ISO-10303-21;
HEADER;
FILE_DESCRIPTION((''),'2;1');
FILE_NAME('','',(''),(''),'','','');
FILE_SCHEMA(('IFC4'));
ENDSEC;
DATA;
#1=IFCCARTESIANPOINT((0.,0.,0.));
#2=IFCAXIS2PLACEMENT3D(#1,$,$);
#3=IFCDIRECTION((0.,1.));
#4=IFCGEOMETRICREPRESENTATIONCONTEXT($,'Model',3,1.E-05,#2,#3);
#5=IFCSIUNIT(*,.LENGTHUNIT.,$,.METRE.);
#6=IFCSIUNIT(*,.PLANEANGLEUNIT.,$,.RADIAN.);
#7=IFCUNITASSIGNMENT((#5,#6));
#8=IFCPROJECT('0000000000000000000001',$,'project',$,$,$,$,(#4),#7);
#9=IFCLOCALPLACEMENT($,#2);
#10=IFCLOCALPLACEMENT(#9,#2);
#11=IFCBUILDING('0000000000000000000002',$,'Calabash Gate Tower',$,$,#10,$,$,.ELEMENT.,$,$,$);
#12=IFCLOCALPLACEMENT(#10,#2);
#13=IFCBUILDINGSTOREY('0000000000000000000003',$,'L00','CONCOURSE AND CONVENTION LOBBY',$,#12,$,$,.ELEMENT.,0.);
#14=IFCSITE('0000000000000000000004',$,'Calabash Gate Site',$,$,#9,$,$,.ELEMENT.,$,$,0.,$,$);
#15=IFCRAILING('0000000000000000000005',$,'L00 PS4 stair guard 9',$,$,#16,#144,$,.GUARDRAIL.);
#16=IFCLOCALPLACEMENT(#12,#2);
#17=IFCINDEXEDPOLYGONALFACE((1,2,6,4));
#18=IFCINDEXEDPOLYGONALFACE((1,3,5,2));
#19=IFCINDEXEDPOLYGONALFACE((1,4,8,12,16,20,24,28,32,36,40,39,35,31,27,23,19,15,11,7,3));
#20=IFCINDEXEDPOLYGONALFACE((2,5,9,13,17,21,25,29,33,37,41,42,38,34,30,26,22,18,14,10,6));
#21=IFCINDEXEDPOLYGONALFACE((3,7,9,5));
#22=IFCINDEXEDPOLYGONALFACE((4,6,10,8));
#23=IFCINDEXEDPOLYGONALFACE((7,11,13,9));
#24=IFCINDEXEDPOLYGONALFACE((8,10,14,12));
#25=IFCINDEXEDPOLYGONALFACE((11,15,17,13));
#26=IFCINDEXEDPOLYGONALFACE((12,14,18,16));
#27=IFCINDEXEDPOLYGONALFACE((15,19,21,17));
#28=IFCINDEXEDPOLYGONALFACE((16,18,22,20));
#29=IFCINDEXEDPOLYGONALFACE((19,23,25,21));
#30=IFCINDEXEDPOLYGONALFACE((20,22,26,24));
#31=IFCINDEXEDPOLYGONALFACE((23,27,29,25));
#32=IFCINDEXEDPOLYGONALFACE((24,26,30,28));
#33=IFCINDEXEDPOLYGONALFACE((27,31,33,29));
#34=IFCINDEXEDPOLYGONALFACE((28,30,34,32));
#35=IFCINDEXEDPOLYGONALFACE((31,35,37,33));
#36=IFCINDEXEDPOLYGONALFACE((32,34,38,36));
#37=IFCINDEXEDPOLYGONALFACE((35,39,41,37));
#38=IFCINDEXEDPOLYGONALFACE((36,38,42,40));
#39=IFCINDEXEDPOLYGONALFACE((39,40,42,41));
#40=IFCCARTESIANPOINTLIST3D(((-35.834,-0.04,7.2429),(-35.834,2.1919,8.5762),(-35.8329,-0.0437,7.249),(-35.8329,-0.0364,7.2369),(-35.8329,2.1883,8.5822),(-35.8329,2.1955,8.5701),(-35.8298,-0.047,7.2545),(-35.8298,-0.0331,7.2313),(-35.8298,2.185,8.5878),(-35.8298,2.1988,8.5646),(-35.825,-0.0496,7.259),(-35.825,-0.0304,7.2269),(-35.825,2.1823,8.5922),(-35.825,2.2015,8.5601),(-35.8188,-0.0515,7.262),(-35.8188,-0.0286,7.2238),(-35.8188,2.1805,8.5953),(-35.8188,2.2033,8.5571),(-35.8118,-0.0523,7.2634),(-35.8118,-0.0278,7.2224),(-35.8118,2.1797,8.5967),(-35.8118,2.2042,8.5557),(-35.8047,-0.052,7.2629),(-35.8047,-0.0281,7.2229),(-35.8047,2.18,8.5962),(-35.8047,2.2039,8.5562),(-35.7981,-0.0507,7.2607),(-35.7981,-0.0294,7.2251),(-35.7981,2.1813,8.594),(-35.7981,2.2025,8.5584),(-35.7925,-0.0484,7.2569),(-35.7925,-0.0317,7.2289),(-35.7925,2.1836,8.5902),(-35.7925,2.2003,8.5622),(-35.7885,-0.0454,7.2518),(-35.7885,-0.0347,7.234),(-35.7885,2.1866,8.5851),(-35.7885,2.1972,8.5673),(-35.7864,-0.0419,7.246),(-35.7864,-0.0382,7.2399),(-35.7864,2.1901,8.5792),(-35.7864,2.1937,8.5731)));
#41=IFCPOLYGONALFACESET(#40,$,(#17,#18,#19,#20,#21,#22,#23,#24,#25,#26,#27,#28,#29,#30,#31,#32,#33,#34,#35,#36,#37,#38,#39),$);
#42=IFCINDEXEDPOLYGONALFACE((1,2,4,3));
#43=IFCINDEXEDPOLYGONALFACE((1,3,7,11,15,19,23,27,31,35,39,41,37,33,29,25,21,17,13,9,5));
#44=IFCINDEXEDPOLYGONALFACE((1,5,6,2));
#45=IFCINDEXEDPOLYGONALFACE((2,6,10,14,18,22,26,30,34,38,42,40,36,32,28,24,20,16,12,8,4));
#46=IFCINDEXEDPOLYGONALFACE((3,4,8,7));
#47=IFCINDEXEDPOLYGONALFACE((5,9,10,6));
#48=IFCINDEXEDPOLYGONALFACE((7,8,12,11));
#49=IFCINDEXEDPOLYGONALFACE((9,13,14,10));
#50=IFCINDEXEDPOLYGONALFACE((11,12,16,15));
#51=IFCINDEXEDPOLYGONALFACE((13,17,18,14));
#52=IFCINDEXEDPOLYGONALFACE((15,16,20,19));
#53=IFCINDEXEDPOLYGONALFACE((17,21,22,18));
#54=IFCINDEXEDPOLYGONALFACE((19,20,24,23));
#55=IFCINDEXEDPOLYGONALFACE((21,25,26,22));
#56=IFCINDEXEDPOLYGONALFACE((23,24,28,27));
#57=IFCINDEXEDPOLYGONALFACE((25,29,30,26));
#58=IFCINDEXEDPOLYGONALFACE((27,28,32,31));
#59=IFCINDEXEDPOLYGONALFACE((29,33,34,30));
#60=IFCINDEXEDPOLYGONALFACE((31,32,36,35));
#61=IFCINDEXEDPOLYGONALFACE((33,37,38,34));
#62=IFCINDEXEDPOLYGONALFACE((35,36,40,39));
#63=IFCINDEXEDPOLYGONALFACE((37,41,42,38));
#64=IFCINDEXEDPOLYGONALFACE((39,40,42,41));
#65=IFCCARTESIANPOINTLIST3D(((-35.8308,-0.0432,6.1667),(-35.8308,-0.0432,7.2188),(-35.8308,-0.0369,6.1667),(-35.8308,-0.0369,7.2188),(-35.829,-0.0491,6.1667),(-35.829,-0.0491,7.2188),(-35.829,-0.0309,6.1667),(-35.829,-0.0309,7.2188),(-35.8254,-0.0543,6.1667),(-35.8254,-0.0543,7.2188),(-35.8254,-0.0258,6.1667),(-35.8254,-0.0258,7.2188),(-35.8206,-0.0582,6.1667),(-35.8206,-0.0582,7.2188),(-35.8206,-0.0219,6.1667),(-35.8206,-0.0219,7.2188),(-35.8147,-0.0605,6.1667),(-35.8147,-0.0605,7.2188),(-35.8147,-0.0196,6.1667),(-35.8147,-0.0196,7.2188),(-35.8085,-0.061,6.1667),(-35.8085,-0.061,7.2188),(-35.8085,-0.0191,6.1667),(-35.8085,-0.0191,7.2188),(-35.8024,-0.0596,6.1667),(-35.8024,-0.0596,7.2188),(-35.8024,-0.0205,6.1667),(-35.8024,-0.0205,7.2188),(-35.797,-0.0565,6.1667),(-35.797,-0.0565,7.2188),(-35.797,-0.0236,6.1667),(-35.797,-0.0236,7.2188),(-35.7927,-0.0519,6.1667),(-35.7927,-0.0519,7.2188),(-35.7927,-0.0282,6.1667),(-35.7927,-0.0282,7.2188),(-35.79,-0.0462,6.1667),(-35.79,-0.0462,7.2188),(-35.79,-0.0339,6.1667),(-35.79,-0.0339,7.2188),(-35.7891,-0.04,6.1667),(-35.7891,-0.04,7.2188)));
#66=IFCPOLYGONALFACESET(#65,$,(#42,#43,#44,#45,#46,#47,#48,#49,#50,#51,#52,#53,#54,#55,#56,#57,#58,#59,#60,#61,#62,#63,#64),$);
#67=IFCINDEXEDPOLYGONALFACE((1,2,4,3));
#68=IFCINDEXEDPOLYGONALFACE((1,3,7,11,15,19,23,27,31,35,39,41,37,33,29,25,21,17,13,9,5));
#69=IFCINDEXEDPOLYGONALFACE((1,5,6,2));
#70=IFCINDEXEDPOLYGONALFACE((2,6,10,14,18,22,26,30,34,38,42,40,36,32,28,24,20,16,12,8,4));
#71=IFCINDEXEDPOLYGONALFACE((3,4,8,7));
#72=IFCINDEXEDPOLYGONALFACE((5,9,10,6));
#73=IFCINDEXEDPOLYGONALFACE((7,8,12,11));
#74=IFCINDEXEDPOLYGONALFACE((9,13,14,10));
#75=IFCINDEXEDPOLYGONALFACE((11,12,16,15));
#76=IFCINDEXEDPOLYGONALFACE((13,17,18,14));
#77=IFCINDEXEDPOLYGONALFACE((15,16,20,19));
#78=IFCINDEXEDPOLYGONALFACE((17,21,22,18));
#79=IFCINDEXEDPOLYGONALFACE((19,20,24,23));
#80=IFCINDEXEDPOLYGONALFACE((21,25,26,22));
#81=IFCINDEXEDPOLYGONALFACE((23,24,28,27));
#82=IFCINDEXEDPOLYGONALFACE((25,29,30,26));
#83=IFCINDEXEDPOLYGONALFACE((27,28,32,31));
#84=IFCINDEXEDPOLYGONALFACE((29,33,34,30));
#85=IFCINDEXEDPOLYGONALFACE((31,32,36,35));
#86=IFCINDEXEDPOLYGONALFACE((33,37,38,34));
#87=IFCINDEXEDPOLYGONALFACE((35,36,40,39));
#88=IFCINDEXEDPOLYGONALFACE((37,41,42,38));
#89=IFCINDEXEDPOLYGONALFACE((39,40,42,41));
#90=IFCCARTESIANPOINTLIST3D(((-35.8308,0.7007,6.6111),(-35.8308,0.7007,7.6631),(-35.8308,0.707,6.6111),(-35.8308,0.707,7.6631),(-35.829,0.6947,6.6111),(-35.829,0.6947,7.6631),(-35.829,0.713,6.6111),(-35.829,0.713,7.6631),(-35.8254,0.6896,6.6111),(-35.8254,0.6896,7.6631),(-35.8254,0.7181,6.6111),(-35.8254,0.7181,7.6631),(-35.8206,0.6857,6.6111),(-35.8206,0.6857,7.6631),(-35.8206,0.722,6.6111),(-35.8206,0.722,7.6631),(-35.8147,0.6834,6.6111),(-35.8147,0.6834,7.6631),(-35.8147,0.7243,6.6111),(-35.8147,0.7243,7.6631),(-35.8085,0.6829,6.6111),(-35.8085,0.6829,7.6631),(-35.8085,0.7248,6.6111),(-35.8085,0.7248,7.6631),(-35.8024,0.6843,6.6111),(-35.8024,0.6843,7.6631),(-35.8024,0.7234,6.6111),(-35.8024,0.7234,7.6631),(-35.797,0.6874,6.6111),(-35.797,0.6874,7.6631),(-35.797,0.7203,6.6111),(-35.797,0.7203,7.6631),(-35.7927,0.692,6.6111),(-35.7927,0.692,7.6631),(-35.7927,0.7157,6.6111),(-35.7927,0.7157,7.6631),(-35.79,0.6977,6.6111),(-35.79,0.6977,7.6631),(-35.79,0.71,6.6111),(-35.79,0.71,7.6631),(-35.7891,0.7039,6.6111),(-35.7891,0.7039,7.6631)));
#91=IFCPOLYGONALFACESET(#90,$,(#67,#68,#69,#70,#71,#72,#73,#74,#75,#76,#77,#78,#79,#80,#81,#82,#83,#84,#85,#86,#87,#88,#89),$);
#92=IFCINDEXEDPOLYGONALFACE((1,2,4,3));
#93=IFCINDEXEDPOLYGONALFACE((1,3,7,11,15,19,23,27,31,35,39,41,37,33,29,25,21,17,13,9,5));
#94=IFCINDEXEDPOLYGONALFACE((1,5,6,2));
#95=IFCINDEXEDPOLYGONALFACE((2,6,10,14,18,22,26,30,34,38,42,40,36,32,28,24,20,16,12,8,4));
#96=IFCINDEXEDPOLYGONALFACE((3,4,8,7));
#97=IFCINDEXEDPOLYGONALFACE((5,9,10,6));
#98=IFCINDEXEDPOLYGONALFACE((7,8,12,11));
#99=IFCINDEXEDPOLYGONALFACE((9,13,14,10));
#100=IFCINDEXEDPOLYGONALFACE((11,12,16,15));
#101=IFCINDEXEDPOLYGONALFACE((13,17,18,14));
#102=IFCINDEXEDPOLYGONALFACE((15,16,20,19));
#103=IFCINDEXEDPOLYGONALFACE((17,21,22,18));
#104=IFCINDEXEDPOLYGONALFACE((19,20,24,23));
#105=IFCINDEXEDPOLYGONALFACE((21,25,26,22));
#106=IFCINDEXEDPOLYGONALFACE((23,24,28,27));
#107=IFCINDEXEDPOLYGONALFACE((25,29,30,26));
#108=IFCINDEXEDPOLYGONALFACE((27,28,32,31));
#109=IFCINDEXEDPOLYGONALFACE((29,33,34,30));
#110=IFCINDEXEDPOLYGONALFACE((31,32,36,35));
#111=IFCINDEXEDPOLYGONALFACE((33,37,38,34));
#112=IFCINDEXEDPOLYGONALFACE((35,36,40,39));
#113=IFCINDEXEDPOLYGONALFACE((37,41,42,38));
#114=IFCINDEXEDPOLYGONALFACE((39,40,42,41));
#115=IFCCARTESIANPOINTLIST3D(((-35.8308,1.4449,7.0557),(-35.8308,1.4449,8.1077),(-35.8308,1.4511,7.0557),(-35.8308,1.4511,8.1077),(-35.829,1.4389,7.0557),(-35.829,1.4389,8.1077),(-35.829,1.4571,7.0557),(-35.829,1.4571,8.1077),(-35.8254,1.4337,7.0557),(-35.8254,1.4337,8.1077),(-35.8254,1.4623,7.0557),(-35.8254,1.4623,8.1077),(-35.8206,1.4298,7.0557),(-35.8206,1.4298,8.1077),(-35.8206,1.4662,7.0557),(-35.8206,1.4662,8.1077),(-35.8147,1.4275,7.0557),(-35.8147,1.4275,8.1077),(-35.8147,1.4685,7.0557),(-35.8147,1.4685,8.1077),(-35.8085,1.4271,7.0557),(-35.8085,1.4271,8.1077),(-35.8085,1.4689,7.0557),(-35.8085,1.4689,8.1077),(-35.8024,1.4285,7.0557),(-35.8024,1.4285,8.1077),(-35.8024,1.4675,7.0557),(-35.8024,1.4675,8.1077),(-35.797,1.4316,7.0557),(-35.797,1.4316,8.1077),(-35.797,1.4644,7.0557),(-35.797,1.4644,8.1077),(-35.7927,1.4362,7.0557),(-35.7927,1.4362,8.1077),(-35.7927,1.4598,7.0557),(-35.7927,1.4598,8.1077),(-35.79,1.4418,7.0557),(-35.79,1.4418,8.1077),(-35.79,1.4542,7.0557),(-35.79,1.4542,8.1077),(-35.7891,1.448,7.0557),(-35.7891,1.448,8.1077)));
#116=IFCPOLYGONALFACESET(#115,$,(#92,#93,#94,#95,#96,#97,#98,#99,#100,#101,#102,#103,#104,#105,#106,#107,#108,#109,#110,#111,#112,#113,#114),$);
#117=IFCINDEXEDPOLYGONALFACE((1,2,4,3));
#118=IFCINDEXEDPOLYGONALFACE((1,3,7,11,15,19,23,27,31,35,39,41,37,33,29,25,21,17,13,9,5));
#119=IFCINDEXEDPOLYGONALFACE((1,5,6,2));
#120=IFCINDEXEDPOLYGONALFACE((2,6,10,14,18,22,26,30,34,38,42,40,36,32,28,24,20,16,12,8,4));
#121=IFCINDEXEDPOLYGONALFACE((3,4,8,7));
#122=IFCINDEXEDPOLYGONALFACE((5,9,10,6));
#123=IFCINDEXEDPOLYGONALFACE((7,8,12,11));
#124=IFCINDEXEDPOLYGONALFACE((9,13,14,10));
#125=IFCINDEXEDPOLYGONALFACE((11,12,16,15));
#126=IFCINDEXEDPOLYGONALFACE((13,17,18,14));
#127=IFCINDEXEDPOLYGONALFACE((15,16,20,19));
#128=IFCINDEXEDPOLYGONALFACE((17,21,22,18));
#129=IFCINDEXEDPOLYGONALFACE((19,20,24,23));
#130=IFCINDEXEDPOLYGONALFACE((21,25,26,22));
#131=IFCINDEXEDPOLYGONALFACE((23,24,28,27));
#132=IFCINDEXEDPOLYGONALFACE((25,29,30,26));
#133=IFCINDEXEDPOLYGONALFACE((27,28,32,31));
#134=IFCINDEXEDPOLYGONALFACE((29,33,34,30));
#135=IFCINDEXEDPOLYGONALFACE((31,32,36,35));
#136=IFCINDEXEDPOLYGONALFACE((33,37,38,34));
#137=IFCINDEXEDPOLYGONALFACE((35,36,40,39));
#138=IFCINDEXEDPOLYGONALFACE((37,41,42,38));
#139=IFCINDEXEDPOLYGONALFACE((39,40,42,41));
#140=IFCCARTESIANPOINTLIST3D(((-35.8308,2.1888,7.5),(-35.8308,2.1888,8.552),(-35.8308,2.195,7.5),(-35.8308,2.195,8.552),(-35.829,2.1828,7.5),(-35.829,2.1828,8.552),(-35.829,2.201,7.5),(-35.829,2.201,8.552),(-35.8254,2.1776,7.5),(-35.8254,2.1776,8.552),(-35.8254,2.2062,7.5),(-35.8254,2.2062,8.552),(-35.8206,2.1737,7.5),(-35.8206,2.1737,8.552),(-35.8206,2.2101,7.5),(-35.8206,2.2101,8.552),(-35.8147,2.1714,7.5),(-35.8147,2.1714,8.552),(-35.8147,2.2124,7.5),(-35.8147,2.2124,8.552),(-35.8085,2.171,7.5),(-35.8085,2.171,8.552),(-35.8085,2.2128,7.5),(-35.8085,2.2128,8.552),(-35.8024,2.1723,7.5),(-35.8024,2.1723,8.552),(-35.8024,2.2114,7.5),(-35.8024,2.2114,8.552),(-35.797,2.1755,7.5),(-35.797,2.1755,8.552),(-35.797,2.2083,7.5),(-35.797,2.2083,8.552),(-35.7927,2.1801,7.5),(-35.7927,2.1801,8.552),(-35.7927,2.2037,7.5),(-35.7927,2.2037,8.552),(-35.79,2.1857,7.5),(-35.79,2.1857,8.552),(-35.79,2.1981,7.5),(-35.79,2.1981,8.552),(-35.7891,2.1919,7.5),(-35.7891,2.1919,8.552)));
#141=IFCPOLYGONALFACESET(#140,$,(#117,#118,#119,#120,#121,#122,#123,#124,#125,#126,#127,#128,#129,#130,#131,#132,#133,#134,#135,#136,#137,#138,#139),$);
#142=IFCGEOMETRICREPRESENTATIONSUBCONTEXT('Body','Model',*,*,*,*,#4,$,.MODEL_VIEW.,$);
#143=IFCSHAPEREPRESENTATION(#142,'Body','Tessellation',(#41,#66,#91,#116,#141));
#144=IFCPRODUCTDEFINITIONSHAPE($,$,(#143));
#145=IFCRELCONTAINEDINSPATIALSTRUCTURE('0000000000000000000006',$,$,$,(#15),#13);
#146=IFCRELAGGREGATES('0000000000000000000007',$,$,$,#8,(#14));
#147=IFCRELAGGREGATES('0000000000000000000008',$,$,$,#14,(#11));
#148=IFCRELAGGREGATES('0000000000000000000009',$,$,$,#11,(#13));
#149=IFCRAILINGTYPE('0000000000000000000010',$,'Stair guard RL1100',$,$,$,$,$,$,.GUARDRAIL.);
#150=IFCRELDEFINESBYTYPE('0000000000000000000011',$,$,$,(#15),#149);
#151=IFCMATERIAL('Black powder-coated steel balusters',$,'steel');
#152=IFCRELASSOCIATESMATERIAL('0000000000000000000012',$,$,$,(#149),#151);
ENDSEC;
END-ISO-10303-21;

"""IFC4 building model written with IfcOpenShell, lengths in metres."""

from ifc_helpers import new_model, si_unit, direction, frame, origin, origin_2d, place, context, subcontext, project, spatial, circle, extrude, material, type_object, element, save


model = new_model("IFC4")

# Units and contexts
model_context = context("Model", 3, precision=1e-05, world=origin(), true_north=direction((0.0, 1.0)))
body_context = subcontext(model_context, "Body", "Model", "MODEL_VIEW")
ifc_project = project(units=[si_unit("LENGTHUNIT", "METRE"), si_unit("PLANEANGLEUNIT", "RADIAN")], contexts=[model_context])

# Site, building, storey
site_placement = place(None, origin())
site = spatial("IfcSite", under=ifc_project, at=site_placement, Name="Calabash Gate Site", CompositionType="ELEMENT", RefElevation=0.0)
building_placement = place(site_placement, origin())
building = spatial("IfcBuilding", under=site, at=building_placement, Name="Calabash Gate Tower", CompositionType="ELEMENT")
storey_placement = place(building_placement, origin())
storey = spatial("IfcBuildingStorey", under=building, at=storey_placement, Name="L00", Description="CONCOURSE AND CONVENTION LOBBY", CompositionType="ELEMENT", Elevation=0.0)

# Railing
ifc_material_1 = material(Name="Black powder-coated steel balusters", Category="steel")
railing_type_1 = type_object("IfcRailingType", Name="Stair guard RL1100", PredefinedType="GUARDRAIL", material=ifc_material_1)
railing_1_placement = place(storey_placement, frame((-35.8101, -0.04, 6.1667)))
element("IfcRailing", 1, at=railing_1_placement, inside=storey, type_object=railing_type_1, Name="L00 PS4 stair guard 9", PredefinedType="GUARDRAIL", context=body_context, shape_type="SweptSolid", body=[
    extrude(circle(Radius=0.0239, at=origin_2d()), frame((0.0, 0.0, 1.0762), z_axis=(0.0, 0.858494, 0.512824), x_axis=(-1.0, 0.0, 0.0)), (0.0, 0.0, 1.0), 2.5999),
    extrude(circle(Radius=0.021, at=origin_2d()), origin(), (0.0, 0.0, 1.0), 1.052),
    extrude(circle(Radius=0.021, at=origin_2d()), frame((0.0, 0.7439, 0.4443)), (0.0, 0.0, 1.0), 1.052),
    extrude(circle(Radius=0.021, at=origin_2d()), frame((0.0, 1.488, 0.8889)), (0.0, 0.0, 1.0), 1.052),
    extrude(circle(Radius=0.021, at=origin_2d()), frame((0.0, 2.2319, 1.3333)), (0.0, 0.0, 1.0), 1.052),
])

save(model, "model.ifc")
